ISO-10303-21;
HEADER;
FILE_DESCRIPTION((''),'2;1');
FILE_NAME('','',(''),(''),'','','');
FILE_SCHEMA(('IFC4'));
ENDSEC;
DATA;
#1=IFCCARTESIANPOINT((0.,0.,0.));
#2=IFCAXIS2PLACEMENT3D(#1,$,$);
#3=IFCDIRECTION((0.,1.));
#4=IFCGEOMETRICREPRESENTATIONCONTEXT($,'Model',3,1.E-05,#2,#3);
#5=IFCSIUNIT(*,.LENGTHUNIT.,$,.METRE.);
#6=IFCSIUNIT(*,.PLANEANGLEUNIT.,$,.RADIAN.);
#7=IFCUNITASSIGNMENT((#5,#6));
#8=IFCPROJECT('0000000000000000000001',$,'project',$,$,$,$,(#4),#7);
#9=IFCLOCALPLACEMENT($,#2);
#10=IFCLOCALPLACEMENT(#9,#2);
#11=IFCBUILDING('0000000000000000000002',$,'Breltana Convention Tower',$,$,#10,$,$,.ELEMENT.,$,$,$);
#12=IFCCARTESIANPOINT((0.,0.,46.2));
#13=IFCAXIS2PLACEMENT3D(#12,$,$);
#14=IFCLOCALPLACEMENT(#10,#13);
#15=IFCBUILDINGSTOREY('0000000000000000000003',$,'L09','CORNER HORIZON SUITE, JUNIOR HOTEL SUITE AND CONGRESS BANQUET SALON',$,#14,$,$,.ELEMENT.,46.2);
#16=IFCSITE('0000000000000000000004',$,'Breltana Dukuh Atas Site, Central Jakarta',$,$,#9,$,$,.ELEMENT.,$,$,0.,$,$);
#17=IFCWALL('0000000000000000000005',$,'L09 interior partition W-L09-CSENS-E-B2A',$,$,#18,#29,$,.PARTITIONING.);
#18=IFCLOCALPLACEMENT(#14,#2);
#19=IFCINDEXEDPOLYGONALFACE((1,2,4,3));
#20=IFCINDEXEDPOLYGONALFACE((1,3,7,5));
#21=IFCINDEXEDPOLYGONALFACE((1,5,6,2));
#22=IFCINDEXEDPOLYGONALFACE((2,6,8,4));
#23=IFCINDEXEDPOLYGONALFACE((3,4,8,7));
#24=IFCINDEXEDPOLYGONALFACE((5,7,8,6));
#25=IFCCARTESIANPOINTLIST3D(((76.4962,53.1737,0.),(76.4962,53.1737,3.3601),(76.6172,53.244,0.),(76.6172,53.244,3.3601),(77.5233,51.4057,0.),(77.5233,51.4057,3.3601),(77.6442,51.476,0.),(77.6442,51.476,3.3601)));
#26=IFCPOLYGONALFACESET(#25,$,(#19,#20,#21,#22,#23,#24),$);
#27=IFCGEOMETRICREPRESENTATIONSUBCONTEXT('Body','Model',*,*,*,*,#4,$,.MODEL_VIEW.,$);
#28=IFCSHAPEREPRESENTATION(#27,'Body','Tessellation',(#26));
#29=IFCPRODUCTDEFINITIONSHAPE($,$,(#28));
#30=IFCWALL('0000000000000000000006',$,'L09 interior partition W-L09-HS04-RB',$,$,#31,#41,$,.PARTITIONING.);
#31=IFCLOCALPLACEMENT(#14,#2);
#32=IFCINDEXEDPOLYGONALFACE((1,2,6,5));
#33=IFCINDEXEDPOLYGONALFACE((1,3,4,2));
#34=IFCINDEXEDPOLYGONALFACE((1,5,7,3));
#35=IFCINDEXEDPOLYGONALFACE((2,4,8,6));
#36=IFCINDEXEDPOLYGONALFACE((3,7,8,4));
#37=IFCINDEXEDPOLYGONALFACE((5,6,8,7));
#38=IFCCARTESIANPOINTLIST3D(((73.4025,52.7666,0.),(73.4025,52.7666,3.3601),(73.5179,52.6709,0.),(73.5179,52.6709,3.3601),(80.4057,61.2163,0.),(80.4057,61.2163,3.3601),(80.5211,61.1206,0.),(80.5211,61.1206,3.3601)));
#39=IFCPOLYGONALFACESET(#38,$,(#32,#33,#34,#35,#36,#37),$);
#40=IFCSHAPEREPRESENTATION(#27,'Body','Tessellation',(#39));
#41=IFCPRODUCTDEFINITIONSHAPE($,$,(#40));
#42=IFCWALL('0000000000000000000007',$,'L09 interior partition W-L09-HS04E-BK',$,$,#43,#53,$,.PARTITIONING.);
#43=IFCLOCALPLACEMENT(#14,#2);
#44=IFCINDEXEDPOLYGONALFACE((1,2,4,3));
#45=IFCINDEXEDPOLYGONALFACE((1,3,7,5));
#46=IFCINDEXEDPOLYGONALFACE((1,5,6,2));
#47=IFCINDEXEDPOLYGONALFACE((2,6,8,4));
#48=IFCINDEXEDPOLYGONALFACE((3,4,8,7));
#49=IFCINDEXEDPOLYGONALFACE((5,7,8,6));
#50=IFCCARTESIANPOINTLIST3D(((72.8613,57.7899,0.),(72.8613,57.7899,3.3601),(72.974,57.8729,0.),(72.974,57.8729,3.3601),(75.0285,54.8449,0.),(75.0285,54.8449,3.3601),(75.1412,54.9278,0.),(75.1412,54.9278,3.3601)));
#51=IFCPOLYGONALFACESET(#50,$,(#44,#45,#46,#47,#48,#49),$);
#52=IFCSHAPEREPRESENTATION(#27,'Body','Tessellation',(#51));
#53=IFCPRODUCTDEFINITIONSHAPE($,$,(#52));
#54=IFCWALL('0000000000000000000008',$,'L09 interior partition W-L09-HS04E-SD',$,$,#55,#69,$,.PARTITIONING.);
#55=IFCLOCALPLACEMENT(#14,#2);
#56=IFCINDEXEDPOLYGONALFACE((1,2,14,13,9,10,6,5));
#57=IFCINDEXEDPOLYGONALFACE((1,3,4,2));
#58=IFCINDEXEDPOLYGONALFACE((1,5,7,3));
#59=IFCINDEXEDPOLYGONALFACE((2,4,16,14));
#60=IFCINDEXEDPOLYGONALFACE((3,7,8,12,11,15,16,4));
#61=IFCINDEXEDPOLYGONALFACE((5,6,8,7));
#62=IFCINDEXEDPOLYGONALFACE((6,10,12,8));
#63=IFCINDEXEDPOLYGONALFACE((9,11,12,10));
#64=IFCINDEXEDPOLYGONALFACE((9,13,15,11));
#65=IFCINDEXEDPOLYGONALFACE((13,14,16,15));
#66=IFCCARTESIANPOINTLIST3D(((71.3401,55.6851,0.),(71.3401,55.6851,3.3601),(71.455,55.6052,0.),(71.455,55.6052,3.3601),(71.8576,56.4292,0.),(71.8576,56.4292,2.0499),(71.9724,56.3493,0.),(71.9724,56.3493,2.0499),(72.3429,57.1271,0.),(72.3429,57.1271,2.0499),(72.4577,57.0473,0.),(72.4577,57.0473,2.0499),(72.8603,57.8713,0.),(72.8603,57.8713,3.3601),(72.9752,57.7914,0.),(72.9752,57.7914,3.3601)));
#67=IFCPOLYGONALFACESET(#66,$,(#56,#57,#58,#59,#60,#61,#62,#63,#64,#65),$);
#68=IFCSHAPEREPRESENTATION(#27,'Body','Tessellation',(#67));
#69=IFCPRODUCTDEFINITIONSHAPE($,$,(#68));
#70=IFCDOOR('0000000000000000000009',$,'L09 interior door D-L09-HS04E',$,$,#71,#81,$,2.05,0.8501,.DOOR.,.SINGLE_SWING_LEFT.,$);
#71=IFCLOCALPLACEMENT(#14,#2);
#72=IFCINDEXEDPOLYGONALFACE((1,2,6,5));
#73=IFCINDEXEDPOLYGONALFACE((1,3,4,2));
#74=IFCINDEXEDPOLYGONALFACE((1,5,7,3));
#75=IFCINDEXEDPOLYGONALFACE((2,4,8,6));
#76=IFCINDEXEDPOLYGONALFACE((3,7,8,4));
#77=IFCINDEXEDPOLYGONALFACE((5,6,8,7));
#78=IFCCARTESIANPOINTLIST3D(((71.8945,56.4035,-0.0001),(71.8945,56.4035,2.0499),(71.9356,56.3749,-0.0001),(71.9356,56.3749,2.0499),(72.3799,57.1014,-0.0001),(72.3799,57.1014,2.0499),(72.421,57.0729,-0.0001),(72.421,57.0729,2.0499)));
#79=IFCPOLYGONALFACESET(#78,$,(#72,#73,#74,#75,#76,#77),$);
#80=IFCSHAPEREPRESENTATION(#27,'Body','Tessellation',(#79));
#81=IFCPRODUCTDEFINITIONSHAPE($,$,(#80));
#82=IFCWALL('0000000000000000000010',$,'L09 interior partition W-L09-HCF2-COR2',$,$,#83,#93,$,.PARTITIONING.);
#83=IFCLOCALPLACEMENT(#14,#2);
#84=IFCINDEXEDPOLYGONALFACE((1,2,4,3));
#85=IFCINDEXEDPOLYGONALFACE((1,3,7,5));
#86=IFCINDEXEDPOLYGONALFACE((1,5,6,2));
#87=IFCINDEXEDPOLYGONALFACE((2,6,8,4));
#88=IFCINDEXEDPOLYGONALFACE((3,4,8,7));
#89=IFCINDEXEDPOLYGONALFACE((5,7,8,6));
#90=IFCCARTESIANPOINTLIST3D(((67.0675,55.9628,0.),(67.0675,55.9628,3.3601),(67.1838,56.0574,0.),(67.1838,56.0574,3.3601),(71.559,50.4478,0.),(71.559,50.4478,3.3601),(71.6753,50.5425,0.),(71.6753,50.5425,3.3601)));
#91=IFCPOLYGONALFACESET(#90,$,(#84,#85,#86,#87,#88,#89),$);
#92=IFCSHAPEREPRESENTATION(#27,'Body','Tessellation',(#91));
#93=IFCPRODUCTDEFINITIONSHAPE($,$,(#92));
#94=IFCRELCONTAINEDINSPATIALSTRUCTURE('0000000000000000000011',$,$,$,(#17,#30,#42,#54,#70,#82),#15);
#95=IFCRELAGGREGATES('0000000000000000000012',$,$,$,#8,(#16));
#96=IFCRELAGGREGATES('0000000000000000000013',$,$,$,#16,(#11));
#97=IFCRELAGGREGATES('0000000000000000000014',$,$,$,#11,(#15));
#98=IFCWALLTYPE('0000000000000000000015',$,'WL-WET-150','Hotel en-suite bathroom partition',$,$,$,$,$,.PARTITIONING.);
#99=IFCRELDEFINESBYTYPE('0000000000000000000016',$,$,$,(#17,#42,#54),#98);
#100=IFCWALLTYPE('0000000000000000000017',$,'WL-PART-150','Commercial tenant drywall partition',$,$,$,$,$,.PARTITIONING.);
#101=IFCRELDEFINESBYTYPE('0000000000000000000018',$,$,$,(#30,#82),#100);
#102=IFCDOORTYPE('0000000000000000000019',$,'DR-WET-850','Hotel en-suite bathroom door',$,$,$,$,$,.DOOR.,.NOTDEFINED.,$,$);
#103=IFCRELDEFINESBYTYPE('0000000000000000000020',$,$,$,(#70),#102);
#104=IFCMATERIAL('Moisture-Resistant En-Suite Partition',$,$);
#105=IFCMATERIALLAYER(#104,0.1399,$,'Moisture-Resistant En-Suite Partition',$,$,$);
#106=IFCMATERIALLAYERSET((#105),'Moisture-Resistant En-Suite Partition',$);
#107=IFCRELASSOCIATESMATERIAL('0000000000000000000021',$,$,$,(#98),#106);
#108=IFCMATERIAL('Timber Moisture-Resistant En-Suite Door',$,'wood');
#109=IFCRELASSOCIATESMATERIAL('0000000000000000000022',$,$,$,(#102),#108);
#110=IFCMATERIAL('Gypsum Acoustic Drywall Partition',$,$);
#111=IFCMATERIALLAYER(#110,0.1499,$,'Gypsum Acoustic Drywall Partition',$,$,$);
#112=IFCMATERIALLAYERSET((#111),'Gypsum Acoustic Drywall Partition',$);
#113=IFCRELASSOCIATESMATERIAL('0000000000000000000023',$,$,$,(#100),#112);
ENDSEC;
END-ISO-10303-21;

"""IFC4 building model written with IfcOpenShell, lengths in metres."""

from ifc_helpers import new_model, si_unit, direction, frame, frame_2d, origin, place, context, subcontext, project, spatial, rectangle, extrude, source, transform, mapped, material, layer, layer_set, type_object, type_shapes, element, fill, save


model = new_model("IFC4")

# Units and contexts
model_context = context("Model", 3, precision=1e-05, world=origin(), true_north=direction((0.0, 1.0)))
body_context = subcontext(model_context, "Body", "Model", "MODEL_VIEW")
ifc_project = project(units=[si_unit("LENGTHUNIT", "METRE"), si_unit("PLANEANGLEUNIT", "RADIAN")], contexts=[model_context])

# Site, building, storey
site_placement = place(None, origin())
site = spatial("IfcSite", under=ifc_project, at=site_placement, Name="Breltana Dukuh Atas Site, Central Jakarta", CompositionType="ELEMENT", RefElevation=0.0)
building_placement = place(site_placement, origin())
building = spatial("IfcBuilding", under=site, at=building_placement, Name="Breltana Convention Tower", CompositionType="ELEMENT")
storey_placement = place(building_placement, frame((0.0, 0.0, 46.2)))
storey = spatial("IfcBuildingStorey", under=building, at=storey_placement, Name="L09", Description="CORNER HORIZON SUITE, JUNIOR HOTEL SUITE AND CONGRESS BANQUET SALON", CompositionType="ELEMENT", Elevation=46.2)

# Shared definitions
ifc_material_1 = material(Name="Moisture-Resistant En-Suite Partition")
ifc_layer_1 = layer(ifc_material_1, 0.1399, Name="Moisture-Resistant En-Suite Partition")
ifc_layer_set_1 = layer_set([ifc_layer_1], Name="Moisture-Resistant En-Suite Partition")
wall_type_1 = type_object("IfcWallType", Name="WL-WET-150", Description="Hotel en-suite bathroom partition", PredefinedType="PARTITIONING", material=ifc_layer_set_1)
ifc_material_2 = material(Name="Timber Moisture-Resistant En-Suite Door", Category="wood")
door_type_1 = type_object("IfcDoorType", Name="DR-WET-850", Description="Hotel en-suite bathroom door", OperationType="NOTDEFINED", PredefinedType="DOOR", material=ifc_material_2)
shared_shape_1 = source(origin(), body_context, "Body", "SweptSolid", [
    extrude(rectangle(XDim=0.8501, YDim=2.05, at=frame_2d((0.425, 1.0249))), frame((0.0, 0.0249, 0.0), z_axis=(0.0, -1.0, 0.0), x_axis=(1.0, 0.0, 0.0)), (0.0, 0.0, 1.0), 0.05),
])
type_shapes(door_type_1, [shared_shape_1])

# Walls
shared_shape_2 = source(origin(), body_context, "Body", "SweptSolid", [
    extrude(rectangle(XDim=2.0447, YDim=0.1399, at=frame_2d((1.0225, 0.0))), origin(), (0.0, 0.0, 1.0), 3.3601),
])
wall_1_placement = place(storey_placement, frame((76.5566, 53.209, 0.0), z_axis=(0.0, 0.0, 1.0), x_axis=(0.502311, -0.864687, 0.0)))
element("IfcWall", 1, at=wall_1_placement, inside=storey, type_object=wall_type_1, Name="L09 interior partition W-L09-CSENS-E-B2A", PredefinedType="PARTITIONING", context=body_context, shape_type="MappedRepresentation", body=[
    mapped(shared_shape_2, transform((0.0, 0.0, 0.0), scale=1.0)),
])
ifc_material_3 = material(Name="Gypsum Acoustic Drywall Partition")
ifc_layer_2 = layer(ifc_material_3, 0.1499, Name="Gypsum Acoustic Drywall Partition")
ifc_layer_set_2 = layer_set([ifc_layer_2], Name="Gypsum Acoustic Drywall Partition")
wall_type_2 = type_object("IfcWallType", Name="WL-PART-150", Description="Commercial tenant drywall partition", PredefinedType="PARTITIONING", material=ifc_layer_set_2)
shared_shape_3 = source(origin(), body_context, "Body", "SweptSolid", [
    extrude(rectangle(XDim=10.9746, YDim=0.1499, at=frame_2d((5.4873, 0.0))), origin(), (0.0, 0.0, 1.0), 3.3601),
])
wall_2_placement = place(storey_placement, frame((73.4602, 52.7188, 0.0), z_axis=(0.0, 0.0, 1.0), x_axis=(0.638125, 0.769933, 0.0)))
element("IfcWall", 2, at=wall_2_placement, inside=storey, type_object=wall_type_2, Name="L09 interior partition W-L09-HS04-RB", PredefinedType="PARTITIONING", context=body_context, shape_type="MappedRepresentation", body=[
    mapped(shared_shape_3, transform((0.0, 0.0, 0.0), scale=1.0)),
])
shared_shape_4 = source(origin(), body_context, "Body", "SweptSolid", [
    extrude(rectangle(XDim=3.6565, YDim=0.1399, at=frame_2d((1.8281, 0.0))), origin(), (0.0, 0.0, 1.0), 3.3601),
])
wall_3_placement = place(storey_placement, frame((72.9177, 57.8313, 0.0), z_axis=(0.0, 0.0, 1.0), x_axis=(0.5927, -0.805423, 0.0)))
element("IfcWall", 3, at=wall_3_placement, inside=storey, type_object=wall_type_1, Name="L09 interior partition W-L09-HS04E-BK", PredefinedType="PARTITIONING", context=body_context, shape_type="MappedRepresentation", body=[
    mapped(shared_shape_4, transform((0.0, 0.0, 0.0), scale=1.0)),
])

# Wall, opening, door
shared_shape_5 = source(origin(), body_context, "Body", "SweptSolid", [
    extrude(rectangle(XDim=2.6628, YDim=0.1399, at=frame_2d((1.3315, 0.0))), origin(), (0.0, 0.0, 1.0), 3.3601),
])
wall_4_placement = place(storey_placement, frame((71.3975, 55.645, 0.0), z_axis=(0.0, 0.0, 1.0), x_axis=(0.570906, 0.821015, 0.0)))
wall_4 = element("IfcWall", 4, at=wall_4_placement, inside=storey, type_object=wall_type_1, Name="L09 interior partition W-L09-HS04E-SD", PredefinedType="PARTITIONING", context=body_context, shape_type="MappedRepresentation", body=[
    mapped(shared_shape_5, transform((0.0, 0.0, 0.0), scale=1.0)),
])
opening_1_placement = place(wall_4_placement, frame((0.9065, 0.0, 0.0)))
opening_1 = element("IfcOpeningElement", 5, at=opening_1_placement, cuts=wall_4, PredefinedType="OPENING", context=body_context, shape_type="SweptSolid", body=[
    extrude(rectangle(XDim=0.8501, YDim=2.05, at=frame_2d((0.425, 1.0249))), frame((0.0, 0.0801, 0.0), z_axis=(0.0, -1.0, 0.0), x_axis=(1.0, 0.0, 0.0)), (0.0, 0.0, 1.0), 0.1599),
])
door_1_placement = place(opening_1_placement, origin())
door_1 = element("IfcDoor", 6, at=door_1_placement, inside=storey, type_object=door_type_1, Name="L09 interior door D-L09-HS04E", OperationType="SINGLE_SWING_LEFT", OverallHeight=2.05, OverallWidth=0.8501, PredefinedType="DOOR", context=body_context, shape_type="MappedRepresentation", body=[
    mapped(shared_shape_1, transform((0.0, 0.0, 0.0), scale=1.0)),
])
fill(opening_1, door_1)

# Wall
shared_shape_6 = source(origin(), body_context, "Body", "SweptSolid", [
    extrude(rectangle(XDim=7.1125, YDim=0.1499, at=frame_2d((3.5562, 0.0))), origin(), (0.0, 0.0, 1.0), 3.3601),
])
wall_5_placement = place(storey_placement, frame((67.1257, 56.01, 0.0), z_axis=(0.0, 0.0, 1.0), x_axis=(0.63149, -0.775384, 0.0)))
element("IfcWall", 7, at=wall_5_placement, inside=storey, type_object=wall_type_2, Name="L09 interior partition W-L09-HCF2-COR2", PredefinedType="PARTITIONING", context=body_context, shape_type="MappedRepresentation", body=[
    mapped(shared_shape_6, transform((0.0, 0.0, 0.0), scale=1.0)),
])

save(model, "model.ifc")
